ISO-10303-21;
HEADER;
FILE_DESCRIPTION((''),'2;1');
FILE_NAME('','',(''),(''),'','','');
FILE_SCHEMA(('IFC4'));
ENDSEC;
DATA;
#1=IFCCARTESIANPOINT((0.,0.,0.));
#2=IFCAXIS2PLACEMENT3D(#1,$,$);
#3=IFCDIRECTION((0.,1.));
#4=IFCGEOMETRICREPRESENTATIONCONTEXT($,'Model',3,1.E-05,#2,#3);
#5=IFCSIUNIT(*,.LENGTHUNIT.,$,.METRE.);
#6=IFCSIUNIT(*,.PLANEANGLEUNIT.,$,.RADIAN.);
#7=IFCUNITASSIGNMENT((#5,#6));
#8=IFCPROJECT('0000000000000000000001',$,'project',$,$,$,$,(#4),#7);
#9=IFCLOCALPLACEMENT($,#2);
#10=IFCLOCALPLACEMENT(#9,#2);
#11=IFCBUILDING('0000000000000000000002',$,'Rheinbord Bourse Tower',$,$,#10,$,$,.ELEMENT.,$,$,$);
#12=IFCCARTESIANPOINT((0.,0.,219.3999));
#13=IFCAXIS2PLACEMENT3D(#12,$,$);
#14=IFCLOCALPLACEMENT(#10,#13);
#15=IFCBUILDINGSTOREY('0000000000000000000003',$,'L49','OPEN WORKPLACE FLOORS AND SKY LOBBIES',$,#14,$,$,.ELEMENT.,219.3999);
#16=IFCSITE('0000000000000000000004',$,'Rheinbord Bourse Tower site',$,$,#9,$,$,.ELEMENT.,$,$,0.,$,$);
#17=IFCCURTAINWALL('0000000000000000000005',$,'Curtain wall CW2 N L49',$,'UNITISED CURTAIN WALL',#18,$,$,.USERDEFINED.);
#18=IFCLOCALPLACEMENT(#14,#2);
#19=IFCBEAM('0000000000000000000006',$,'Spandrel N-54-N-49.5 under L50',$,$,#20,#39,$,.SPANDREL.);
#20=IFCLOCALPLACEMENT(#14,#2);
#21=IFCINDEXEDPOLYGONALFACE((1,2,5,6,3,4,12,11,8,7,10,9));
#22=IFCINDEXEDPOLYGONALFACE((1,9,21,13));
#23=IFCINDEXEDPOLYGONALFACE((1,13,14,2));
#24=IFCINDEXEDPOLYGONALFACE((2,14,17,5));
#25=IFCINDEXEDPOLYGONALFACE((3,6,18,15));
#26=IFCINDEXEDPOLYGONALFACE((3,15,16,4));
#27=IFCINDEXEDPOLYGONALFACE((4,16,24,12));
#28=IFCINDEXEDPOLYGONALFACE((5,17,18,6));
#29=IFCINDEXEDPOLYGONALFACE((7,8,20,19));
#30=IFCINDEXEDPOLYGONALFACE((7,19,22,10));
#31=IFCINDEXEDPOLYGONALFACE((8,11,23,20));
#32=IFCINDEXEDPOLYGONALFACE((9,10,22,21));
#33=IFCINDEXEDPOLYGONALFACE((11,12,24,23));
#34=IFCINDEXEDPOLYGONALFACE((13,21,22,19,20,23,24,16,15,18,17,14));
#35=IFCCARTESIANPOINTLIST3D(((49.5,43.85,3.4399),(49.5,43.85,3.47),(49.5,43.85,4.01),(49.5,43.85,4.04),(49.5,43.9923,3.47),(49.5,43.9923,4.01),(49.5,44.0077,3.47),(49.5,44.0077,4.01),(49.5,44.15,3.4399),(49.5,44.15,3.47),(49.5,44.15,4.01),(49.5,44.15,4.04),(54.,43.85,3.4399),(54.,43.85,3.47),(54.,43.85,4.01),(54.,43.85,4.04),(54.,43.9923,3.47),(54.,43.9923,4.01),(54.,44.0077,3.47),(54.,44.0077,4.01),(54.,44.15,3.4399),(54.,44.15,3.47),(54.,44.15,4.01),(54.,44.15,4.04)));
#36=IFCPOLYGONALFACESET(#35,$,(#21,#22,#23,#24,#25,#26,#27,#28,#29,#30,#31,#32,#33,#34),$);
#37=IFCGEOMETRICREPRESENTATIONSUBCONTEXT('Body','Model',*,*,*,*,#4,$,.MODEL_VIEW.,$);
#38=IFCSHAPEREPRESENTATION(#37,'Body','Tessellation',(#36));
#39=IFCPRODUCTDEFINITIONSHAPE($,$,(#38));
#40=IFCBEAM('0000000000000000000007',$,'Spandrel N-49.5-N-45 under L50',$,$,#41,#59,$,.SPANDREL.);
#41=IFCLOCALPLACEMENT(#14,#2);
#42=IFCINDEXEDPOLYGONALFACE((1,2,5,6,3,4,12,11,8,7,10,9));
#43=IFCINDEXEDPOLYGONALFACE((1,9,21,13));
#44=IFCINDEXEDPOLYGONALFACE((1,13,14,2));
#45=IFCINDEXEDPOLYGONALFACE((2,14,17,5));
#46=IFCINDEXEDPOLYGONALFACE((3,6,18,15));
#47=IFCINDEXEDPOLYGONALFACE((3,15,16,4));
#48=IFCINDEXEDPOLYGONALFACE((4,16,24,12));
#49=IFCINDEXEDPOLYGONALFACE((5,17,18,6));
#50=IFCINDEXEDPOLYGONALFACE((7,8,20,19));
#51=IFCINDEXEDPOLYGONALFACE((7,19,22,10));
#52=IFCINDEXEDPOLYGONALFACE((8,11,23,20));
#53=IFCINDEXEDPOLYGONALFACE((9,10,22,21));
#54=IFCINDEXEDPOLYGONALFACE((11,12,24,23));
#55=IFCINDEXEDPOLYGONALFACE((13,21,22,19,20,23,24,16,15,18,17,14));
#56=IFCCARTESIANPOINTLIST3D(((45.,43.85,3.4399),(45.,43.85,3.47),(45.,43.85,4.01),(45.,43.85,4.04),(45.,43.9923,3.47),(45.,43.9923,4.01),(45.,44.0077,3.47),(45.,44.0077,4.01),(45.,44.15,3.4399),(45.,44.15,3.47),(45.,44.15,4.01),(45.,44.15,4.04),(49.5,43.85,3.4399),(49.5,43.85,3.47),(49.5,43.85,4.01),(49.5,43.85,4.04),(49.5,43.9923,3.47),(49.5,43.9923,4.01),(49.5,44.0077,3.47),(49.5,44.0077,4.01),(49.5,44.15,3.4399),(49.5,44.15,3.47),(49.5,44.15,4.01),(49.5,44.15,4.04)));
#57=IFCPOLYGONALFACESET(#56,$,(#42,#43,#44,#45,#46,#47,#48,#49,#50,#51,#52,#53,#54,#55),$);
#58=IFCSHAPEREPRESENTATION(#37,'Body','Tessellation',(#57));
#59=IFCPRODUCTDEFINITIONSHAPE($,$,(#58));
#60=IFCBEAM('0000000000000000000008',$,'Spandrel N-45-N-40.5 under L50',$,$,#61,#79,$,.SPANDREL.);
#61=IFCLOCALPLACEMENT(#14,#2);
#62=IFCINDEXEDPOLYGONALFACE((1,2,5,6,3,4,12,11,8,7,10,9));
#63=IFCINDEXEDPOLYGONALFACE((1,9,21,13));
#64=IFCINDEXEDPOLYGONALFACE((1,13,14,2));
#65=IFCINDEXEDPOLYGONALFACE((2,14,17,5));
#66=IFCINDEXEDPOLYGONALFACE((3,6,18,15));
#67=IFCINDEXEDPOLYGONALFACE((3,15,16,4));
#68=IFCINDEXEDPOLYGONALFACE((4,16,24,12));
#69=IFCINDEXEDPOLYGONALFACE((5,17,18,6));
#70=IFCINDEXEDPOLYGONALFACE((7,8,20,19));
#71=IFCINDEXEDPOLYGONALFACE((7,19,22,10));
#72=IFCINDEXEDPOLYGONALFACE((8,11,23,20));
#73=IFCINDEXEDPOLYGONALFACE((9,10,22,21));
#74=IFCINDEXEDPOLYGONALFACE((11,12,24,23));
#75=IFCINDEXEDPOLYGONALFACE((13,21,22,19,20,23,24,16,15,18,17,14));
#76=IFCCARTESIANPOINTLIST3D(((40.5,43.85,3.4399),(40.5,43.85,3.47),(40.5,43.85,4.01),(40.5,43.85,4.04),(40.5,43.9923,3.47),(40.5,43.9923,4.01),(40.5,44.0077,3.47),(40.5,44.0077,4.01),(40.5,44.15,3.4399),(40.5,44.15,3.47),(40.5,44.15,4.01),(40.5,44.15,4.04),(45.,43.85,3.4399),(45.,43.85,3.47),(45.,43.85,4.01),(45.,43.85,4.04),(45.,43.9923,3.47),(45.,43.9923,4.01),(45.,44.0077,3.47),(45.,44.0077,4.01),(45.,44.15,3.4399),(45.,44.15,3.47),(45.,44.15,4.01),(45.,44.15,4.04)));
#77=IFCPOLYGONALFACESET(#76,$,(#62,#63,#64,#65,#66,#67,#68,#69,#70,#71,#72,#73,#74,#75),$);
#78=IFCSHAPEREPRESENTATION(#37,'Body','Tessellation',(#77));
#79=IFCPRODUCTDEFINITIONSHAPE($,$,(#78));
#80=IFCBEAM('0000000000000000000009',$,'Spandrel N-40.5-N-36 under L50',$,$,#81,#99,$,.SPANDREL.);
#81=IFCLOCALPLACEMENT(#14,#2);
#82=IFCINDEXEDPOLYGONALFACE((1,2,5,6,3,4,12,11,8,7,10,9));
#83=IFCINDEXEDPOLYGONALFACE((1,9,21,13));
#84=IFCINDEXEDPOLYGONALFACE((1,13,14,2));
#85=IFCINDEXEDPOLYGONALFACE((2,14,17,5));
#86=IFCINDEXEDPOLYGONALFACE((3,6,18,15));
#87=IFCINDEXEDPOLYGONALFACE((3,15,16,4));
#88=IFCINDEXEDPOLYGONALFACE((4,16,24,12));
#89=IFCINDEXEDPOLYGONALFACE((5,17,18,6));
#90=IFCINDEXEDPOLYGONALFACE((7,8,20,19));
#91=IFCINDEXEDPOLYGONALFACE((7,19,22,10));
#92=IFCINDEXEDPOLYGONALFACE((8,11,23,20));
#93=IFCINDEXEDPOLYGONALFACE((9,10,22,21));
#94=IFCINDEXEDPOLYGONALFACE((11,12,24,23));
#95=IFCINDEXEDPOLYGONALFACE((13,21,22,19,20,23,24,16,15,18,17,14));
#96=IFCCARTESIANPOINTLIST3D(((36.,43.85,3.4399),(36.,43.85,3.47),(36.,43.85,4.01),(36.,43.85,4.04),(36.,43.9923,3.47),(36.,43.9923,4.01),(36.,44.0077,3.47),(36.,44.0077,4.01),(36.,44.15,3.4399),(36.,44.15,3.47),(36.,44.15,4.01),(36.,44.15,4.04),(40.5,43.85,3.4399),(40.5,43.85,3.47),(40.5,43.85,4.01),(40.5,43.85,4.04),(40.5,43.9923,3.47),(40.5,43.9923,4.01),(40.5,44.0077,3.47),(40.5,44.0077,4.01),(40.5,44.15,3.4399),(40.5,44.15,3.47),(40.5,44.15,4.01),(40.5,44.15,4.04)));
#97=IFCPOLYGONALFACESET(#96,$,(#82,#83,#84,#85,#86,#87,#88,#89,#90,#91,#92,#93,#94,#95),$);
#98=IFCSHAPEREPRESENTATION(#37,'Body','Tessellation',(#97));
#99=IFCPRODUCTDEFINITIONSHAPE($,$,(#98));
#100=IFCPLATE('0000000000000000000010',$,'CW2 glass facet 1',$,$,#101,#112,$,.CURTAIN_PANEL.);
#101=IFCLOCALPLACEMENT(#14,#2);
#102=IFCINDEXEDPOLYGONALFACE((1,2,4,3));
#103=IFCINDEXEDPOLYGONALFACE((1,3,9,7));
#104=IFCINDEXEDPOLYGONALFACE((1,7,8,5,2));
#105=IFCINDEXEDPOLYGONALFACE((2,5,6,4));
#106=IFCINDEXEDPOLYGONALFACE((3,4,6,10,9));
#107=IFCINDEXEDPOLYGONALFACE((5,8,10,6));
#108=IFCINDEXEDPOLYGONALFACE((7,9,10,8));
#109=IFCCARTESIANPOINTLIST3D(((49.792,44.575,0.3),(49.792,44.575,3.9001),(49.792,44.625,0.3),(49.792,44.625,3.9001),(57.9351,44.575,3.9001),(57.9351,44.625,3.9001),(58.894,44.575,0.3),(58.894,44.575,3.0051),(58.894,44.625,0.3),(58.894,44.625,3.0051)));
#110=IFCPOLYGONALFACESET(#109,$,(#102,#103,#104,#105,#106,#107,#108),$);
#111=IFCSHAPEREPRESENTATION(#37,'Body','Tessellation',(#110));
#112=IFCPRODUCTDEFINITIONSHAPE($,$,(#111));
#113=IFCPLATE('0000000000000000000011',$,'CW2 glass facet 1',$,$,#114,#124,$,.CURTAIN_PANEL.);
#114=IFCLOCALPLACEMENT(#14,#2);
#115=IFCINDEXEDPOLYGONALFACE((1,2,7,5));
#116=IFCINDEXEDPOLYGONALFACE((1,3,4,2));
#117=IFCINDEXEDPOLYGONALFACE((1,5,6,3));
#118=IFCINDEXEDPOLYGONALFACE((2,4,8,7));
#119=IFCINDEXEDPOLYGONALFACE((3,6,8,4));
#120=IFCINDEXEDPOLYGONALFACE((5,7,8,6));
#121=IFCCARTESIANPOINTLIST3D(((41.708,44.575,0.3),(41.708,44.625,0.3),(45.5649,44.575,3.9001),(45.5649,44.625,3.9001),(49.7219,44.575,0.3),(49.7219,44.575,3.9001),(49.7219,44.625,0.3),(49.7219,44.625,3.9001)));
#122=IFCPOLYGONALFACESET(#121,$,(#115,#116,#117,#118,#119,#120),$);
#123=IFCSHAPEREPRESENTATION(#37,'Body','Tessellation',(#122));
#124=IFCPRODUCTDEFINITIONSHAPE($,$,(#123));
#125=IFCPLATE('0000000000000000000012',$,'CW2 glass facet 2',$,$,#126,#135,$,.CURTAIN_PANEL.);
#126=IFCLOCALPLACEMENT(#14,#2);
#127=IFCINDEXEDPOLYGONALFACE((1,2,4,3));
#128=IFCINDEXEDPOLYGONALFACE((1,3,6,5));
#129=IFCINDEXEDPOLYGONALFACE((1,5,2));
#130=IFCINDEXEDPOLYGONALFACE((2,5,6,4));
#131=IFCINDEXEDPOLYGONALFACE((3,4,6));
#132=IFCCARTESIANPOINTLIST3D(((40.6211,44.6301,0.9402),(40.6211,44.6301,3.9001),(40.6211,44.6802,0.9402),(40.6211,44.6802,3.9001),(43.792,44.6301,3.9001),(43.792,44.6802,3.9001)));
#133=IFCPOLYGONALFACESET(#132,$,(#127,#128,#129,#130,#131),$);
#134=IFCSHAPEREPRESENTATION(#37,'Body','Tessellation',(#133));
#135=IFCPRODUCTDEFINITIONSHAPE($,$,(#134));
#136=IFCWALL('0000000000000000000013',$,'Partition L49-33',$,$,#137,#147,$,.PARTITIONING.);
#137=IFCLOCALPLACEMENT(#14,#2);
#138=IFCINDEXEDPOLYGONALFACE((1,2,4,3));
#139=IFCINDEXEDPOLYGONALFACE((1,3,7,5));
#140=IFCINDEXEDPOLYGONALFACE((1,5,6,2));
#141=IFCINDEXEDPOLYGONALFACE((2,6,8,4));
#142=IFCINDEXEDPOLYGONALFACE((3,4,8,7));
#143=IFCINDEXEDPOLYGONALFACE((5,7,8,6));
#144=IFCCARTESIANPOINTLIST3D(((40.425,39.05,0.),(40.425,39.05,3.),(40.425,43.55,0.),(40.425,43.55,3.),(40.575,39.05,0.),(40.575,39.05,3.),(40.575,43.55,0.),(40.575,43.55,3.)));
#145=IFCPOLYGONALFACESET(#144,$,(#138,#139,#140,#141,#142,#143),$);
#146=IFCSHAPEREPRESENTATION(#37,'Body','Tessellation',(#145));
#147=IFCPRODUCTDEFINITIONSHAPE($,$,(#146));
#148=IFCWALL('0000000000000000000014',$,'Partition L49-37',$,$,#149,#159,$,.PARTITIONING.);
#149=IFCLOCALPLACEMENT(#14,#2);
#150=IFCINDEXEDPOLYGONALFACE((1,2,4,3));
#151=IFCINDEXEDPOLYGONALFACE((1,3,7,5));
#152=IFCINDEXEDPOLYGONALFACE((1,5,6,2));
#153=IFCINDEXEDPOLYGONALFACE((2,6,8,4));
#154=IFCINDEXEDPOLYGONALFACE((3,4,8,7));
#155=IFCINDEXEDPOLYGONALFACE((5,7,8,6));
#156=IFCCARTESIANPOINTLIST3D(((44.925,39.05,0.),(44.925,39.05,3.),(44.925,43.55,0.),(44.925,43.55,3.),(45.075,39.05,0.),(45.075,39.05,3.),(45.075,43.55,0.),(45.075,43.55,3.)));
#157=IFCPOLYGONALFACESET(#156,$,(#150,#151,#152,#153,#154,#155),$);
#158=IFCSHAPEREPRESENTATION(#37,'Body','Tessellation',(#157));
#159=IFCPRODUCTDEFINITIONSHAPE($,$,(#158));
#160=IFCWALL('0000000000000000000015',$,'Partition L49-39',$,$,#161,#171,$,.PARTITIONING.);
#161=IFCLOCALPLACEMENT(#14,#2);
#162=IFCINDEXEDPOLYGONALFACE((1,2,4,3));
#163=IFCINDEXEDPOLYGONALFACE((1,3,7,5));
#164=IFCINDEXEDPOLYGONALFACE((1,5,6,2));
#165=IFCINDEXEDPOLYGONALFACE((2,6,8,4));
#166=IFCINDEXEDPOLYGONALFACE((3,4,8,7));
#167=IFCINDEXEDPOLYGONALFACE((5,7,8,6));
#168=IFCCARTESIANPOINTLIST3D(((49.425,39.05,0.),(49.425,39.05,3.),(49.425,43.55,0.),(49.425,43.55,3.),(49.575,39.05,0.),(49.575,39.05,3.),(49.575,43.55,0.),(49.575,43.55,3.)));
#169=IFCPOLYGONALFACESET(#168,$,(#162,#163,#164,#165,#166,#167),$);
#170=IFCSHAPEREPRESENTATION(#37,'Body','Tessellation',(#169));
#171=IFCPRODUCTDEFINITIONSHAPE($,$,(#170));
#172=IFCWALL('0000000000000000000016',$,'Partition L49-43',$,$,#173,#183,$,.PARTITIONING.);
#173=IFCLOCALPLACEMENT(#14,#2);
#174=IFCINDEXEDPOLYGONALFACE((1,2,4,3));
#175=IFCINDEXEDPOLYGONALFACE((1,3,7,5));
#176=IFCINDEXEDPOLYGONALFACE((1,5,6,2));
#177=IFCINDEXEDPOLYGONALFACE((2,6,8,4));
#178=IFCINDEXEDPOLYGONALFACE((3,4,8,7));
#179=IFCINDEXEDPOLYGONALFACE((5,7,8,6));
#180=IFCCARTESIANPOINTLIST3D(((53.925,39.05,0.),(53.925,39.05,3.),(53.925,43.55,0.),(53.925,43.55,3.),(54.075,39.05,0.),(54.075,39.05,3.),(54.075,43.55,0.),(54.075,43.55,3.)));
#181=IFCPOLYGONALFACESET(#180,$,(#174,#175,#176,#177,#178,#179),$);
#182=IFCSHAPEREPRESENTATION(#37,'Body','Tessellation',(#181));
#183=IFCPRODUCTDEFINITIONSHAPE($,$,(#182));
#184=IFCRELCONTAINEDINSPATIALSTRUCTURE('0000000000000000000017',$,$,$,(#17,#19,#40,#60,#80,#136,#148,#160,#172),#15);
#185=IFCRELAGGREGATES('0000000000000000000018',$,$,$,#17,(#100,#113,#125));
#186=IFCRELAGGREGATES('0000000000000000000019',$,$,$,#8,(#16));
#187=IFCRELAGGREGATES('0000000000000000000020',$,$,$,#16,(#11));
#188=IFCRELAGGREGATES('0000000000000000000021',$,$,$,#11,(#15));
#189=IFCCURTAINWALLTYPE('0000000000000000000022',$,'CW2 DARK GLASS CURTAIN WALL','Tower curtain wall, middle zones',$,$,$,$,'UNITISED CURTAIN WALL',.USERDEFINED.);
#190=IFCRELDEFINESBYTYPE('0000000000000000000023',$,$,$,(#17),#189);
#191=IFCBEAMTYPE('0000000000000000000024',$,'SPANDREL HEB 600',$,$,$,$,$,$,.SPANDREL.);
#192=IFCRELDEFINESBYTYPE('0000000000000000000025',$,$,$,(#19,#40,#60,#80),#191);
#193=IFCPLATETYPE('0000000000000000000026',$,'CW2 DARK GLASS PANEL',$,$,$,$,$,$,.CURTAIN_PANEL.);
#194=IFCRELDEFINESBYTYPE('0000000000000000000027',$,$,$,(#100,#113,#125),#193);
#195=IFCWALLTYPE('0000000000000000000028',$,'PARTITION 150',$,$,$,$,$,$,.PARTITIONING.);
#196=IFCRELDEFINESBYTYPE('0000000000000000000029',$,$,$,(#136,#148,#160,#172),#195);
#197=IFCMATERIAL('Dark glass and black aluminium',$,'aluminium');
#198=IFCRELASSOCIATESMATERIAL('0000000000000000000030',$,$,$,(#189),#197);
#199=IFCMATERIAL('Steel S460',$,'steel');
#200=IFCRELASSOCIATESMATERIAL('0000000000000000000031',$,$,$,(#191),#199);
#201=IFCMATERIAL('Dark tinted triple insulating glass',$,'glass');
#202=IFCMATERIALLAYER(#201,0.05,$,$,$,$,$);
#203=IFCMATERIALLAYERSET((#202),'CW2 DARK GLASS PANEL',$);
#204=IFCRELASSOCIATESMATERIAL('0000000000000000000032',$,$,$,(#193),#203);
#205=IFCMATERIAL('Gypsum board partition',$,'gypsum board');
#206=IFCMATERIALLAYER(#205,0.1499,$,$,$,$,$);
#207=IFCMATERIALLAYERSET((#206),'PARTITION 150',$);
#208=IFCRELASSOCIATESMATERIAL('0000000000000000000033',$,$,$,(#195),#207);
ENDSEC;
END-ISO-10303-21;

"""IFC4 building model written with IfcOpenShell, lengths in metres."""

from ifc_helpers import new_model, si_unit, direction, frame, frame_2d, origin, origin_2d, place, context, subcontext, project, spatial, polyline, rectangle, i_section, outline, extrude, material, layer, layer_set, material_profile, profile_set, type_object, element, aggregate, save


model = new_model("IFC4")

# Units and contexts
model_context = context("Model", 3, precision=1e-05, world=origin(), true_north=direction((0.0, 1.0)))
body_context = subcontext(model_context, "Body", "Model", "MODEL_VIEW")
ifc_project = project(units=[si_unit("LENGTHUNIT", "METRE"), si_unit("PLANEANGLEUNIT", "RADIAN")], contexts=[model_context])

# Site, building, storey
site_placement = place(None, origin())
site = spatial("IfcSite", under=ifc_project, at=site_placement, Name="Rheinbord Bourse Tower site", CompositionType="ELEMENT", RefElevation=0.0)
building_placement = place(site_placement, origin())
building = spatial("IfcBuilding", under=site, at=building_placement, Name="Rheinbord Bourse Tower", CompositionType="ELEMENT")
storey_placement = place(building_placement, frame((0.0, 0.0, 219.3999)))
storey = spatial("IfcBuildingStorey", under=building, at=storey_placement, Name="L49", Description="OPEN WORKPLACE FLOORS AND SKY LOBBIES", CompositionType="ELEMENT", Elevation=219.3999)

# Curtain wall
ifc_material_1 = material(Name="Dark glass and black aluminium", Category="aluminium")
curtain_wall_type = type_object("IfcCurtainWallType", Name="CW2 DARK GLASS CURTAIN WALL", Description="Tower curtain wall, middle zones", ElementType="UNITISED CURTAIN WALL", PredefinedType="USERDEFINED", material=ifc_material_1)
curtain_wall_placement = place(storey_placement, origin())
curtain_wall = element("IfcCurtainWall", 1, at=curtain_wall_placement, inside=storey, type_object=curtain_wall_type, Name="Curtain wall CW2 N L49", ObjectType="UNITISED CURTAIN WALL", PredefinedType="USERDEFINED")

# Beams
ifc_material_2 = material(Name="Steel S460", Category="steel")
ifc_material_profile_1 = material_profile(ifc_material_2, i_section(OverallWidth=0.3, OverallDepth=0.6001, WebThickness=0.0154, FlangeThickness=0.03, at=origin_2d()), Name="HEB 600")
ifc_profile_set_1 = profile_set([ifc_material_profile_1], Name="Steel S460")
beam_type_1 = type_object("IfcBeamType", Name="SPANDREL HEB 600", PredefinedType="SPANDREL", material=ifc_profile_set_1)
for number, where, z_axis, x_axis, name in (
    (2, (54.0, 44.0, 3.74), (-1.0, 0.0, 0.0), (0.0, -1.0, 0.0), "Spandrel N-54-N-49.5 under L50"),
    (3, (49.5, 44.0, 3.74), (-1.0, 0.0, 0.0), (0.0, -1.0, 0.0), "Spandrel N-49.5-N-45 under L50"),
    (4, (45.0, 44.0, 3.74), (-1.0, 0.0, 0.0), (0.0, -1.0, 0.0), "Spandrel N-45-N-40.5 under L50"),
    (5, (40.5, 44.0, 3.74), (-1.0, 0.0, 0.0), (0.0, -1.0, 0.0), "Spandrel N-40.5-N-36 under L50"),
):
    element("IfcBeam", number, at=place(storey_placement, frame(where, z_axis=z_axis, x_axis=x_axis)), inside=storey, type_object=beam_type_1, Name=name, PredefinedType="SPANDREL", context=body_context, shape_type="SweptSolid", body=[
        extrude(i_section(OverallWidth=0.3, OverallDepth=0.6001, WebThickness=0.0154, FlangeThickness=0.03, at=origin_2d()), origin(), (0.0, 0.0, 1.0), 4.5),
    ])

# Plates
ifc_material_3 = material(Name="Dark tinted triple insulating glass", Category="glass")
ifc_layer_1 = layer(ifc_material_3, 0.05)
ifc_layer_set_1 = layer_set([ifc_layer_1], Name="CW2 DARK GLASS PANEL")
plate_type = type_object("IfcPlateType", Name="CW2 DARK GLASS PANEL", PredefinedType="CURTAIN_PANEL", material=ifc_layer_set_1)
plate_1_placement = place(storey_placement, frame((49.792, 44.625, 3.9001), z_axis=(0.0, -1.0, 0.0), x_axis=(0.0, 0.0, -1.0)))
plate_1 = element("IfcPlate", 6, at=plate_1_placement, type_object=plate_type, Name="CW2 glass facet 1", PredefinedType="CURTAIN_PANEL", context=body_context, shape_type="SweptSolid", body=[
    extrude(outline(polyline([(0.0, 0.0), (3.6001, 0.0), (3.6001, 9.1021), (0.895, 9.1021), (0.0, 8.1431), (0.0, 0.0)])), origin(), (0.0, 0.0, 1.0), 0.05),
])
plate_2_placement = place(storey_placement, frame((49.7219, 44.625, 0.3), z_axis=(0.0, -1.0, 0.0), x_axis=(0.0, 0.0, 1.0)))
plate_2 = element("IfcPlate", 7, at=plate_2_placement, type_object=plate_type, Name="CW2 glass facet 1", PredefinedType="CURTAIN_PANEL", context=body_context, shape_type="SweptSolid", body=[
    extrude(outline(polyline([(0.0, 0.0), (3.6001, 0.0), (3.6001, 4.157), (0.0, 8.0139), (0.0, 0.0)])), origin(), (0.0, 0.0, 1.0), 0.05),
])
plate_3_placement = place(storey_placement, frame((40.6211, 44.6802, 3.9001), z_axis=(0.0, -1.0, 0.0), x_axis=(0.0, 0.0, -1.0)))
plate_3 = element("IfcPlate", 8, at=plate_3_placement, type_object=plate_type, Name="CW2 glass facet 2", PredefinedType="CURTAIN_PANEL", context=body_context, shape_type="SweptSolid", body=[
    extrude(outline(polyline([(0.0, 0.0), (2.96, 0.0), (0.0, 3.1709), (0.0, 0.0)])), origin(), (0.0, 0.0, 1.0), 0.05),
])
aggregate(curtain_wall, [plate_1, plate_2, plate_3])

# Walls
ifc_material_4 = material(Name="Gypsum board partition", Category="gypsum board")
ifc_layer_2 = layer(ifc_material_4, 0.1499)
ifc_layer_set_2 = layer_set([ifc_layer_2], Name="PARTITION 150")
wall_type = type_object("IfcWallType", Name="PARTITION 150", PredefinedType="PARTITIONING", material=ifc_layer_set_2)
for number, where, z_axis, x_axis, name in (
    (9, (40.5, 39.05, 0.0), (0.0, 0.0, 1.0), (0.0, 1.0, 0.0), "Partition L49-33"),
    (10, (45.0, 39.05, 0.0), (0.0, 0.0, 1.0), (0.0, 1.0, 0.0), "Partition L49-37"),
    (11, (49.5, 39.05, 0.0), (0.0, 0.0, 1.0), (0.0, 1.0, 0.0), "Partition L49-39"),
    (12, (54.0, 39.05, 0.0), (0.0, 0.0, 1.0), (0.0, 1.0, 0.0), "Partition L49-43"),
):
    element("IfcWall", number, at=place(storey_placement, frame(where, z_axis=z_axis, x_axis=x_axis)), inside=storey, type_object=wall_type, Name=name, PredefinedType="PARTITIONING", context=body_context, shape_type="SweptSolid", body=[
        extrude(rectangle(XDim=4.5, YDim=0.1499, at=frame_2d((2.25, 0.0))), origin(), (0.0, 0.0, 1.0), 3.0),
    ])

save(model, "model.ifc")
